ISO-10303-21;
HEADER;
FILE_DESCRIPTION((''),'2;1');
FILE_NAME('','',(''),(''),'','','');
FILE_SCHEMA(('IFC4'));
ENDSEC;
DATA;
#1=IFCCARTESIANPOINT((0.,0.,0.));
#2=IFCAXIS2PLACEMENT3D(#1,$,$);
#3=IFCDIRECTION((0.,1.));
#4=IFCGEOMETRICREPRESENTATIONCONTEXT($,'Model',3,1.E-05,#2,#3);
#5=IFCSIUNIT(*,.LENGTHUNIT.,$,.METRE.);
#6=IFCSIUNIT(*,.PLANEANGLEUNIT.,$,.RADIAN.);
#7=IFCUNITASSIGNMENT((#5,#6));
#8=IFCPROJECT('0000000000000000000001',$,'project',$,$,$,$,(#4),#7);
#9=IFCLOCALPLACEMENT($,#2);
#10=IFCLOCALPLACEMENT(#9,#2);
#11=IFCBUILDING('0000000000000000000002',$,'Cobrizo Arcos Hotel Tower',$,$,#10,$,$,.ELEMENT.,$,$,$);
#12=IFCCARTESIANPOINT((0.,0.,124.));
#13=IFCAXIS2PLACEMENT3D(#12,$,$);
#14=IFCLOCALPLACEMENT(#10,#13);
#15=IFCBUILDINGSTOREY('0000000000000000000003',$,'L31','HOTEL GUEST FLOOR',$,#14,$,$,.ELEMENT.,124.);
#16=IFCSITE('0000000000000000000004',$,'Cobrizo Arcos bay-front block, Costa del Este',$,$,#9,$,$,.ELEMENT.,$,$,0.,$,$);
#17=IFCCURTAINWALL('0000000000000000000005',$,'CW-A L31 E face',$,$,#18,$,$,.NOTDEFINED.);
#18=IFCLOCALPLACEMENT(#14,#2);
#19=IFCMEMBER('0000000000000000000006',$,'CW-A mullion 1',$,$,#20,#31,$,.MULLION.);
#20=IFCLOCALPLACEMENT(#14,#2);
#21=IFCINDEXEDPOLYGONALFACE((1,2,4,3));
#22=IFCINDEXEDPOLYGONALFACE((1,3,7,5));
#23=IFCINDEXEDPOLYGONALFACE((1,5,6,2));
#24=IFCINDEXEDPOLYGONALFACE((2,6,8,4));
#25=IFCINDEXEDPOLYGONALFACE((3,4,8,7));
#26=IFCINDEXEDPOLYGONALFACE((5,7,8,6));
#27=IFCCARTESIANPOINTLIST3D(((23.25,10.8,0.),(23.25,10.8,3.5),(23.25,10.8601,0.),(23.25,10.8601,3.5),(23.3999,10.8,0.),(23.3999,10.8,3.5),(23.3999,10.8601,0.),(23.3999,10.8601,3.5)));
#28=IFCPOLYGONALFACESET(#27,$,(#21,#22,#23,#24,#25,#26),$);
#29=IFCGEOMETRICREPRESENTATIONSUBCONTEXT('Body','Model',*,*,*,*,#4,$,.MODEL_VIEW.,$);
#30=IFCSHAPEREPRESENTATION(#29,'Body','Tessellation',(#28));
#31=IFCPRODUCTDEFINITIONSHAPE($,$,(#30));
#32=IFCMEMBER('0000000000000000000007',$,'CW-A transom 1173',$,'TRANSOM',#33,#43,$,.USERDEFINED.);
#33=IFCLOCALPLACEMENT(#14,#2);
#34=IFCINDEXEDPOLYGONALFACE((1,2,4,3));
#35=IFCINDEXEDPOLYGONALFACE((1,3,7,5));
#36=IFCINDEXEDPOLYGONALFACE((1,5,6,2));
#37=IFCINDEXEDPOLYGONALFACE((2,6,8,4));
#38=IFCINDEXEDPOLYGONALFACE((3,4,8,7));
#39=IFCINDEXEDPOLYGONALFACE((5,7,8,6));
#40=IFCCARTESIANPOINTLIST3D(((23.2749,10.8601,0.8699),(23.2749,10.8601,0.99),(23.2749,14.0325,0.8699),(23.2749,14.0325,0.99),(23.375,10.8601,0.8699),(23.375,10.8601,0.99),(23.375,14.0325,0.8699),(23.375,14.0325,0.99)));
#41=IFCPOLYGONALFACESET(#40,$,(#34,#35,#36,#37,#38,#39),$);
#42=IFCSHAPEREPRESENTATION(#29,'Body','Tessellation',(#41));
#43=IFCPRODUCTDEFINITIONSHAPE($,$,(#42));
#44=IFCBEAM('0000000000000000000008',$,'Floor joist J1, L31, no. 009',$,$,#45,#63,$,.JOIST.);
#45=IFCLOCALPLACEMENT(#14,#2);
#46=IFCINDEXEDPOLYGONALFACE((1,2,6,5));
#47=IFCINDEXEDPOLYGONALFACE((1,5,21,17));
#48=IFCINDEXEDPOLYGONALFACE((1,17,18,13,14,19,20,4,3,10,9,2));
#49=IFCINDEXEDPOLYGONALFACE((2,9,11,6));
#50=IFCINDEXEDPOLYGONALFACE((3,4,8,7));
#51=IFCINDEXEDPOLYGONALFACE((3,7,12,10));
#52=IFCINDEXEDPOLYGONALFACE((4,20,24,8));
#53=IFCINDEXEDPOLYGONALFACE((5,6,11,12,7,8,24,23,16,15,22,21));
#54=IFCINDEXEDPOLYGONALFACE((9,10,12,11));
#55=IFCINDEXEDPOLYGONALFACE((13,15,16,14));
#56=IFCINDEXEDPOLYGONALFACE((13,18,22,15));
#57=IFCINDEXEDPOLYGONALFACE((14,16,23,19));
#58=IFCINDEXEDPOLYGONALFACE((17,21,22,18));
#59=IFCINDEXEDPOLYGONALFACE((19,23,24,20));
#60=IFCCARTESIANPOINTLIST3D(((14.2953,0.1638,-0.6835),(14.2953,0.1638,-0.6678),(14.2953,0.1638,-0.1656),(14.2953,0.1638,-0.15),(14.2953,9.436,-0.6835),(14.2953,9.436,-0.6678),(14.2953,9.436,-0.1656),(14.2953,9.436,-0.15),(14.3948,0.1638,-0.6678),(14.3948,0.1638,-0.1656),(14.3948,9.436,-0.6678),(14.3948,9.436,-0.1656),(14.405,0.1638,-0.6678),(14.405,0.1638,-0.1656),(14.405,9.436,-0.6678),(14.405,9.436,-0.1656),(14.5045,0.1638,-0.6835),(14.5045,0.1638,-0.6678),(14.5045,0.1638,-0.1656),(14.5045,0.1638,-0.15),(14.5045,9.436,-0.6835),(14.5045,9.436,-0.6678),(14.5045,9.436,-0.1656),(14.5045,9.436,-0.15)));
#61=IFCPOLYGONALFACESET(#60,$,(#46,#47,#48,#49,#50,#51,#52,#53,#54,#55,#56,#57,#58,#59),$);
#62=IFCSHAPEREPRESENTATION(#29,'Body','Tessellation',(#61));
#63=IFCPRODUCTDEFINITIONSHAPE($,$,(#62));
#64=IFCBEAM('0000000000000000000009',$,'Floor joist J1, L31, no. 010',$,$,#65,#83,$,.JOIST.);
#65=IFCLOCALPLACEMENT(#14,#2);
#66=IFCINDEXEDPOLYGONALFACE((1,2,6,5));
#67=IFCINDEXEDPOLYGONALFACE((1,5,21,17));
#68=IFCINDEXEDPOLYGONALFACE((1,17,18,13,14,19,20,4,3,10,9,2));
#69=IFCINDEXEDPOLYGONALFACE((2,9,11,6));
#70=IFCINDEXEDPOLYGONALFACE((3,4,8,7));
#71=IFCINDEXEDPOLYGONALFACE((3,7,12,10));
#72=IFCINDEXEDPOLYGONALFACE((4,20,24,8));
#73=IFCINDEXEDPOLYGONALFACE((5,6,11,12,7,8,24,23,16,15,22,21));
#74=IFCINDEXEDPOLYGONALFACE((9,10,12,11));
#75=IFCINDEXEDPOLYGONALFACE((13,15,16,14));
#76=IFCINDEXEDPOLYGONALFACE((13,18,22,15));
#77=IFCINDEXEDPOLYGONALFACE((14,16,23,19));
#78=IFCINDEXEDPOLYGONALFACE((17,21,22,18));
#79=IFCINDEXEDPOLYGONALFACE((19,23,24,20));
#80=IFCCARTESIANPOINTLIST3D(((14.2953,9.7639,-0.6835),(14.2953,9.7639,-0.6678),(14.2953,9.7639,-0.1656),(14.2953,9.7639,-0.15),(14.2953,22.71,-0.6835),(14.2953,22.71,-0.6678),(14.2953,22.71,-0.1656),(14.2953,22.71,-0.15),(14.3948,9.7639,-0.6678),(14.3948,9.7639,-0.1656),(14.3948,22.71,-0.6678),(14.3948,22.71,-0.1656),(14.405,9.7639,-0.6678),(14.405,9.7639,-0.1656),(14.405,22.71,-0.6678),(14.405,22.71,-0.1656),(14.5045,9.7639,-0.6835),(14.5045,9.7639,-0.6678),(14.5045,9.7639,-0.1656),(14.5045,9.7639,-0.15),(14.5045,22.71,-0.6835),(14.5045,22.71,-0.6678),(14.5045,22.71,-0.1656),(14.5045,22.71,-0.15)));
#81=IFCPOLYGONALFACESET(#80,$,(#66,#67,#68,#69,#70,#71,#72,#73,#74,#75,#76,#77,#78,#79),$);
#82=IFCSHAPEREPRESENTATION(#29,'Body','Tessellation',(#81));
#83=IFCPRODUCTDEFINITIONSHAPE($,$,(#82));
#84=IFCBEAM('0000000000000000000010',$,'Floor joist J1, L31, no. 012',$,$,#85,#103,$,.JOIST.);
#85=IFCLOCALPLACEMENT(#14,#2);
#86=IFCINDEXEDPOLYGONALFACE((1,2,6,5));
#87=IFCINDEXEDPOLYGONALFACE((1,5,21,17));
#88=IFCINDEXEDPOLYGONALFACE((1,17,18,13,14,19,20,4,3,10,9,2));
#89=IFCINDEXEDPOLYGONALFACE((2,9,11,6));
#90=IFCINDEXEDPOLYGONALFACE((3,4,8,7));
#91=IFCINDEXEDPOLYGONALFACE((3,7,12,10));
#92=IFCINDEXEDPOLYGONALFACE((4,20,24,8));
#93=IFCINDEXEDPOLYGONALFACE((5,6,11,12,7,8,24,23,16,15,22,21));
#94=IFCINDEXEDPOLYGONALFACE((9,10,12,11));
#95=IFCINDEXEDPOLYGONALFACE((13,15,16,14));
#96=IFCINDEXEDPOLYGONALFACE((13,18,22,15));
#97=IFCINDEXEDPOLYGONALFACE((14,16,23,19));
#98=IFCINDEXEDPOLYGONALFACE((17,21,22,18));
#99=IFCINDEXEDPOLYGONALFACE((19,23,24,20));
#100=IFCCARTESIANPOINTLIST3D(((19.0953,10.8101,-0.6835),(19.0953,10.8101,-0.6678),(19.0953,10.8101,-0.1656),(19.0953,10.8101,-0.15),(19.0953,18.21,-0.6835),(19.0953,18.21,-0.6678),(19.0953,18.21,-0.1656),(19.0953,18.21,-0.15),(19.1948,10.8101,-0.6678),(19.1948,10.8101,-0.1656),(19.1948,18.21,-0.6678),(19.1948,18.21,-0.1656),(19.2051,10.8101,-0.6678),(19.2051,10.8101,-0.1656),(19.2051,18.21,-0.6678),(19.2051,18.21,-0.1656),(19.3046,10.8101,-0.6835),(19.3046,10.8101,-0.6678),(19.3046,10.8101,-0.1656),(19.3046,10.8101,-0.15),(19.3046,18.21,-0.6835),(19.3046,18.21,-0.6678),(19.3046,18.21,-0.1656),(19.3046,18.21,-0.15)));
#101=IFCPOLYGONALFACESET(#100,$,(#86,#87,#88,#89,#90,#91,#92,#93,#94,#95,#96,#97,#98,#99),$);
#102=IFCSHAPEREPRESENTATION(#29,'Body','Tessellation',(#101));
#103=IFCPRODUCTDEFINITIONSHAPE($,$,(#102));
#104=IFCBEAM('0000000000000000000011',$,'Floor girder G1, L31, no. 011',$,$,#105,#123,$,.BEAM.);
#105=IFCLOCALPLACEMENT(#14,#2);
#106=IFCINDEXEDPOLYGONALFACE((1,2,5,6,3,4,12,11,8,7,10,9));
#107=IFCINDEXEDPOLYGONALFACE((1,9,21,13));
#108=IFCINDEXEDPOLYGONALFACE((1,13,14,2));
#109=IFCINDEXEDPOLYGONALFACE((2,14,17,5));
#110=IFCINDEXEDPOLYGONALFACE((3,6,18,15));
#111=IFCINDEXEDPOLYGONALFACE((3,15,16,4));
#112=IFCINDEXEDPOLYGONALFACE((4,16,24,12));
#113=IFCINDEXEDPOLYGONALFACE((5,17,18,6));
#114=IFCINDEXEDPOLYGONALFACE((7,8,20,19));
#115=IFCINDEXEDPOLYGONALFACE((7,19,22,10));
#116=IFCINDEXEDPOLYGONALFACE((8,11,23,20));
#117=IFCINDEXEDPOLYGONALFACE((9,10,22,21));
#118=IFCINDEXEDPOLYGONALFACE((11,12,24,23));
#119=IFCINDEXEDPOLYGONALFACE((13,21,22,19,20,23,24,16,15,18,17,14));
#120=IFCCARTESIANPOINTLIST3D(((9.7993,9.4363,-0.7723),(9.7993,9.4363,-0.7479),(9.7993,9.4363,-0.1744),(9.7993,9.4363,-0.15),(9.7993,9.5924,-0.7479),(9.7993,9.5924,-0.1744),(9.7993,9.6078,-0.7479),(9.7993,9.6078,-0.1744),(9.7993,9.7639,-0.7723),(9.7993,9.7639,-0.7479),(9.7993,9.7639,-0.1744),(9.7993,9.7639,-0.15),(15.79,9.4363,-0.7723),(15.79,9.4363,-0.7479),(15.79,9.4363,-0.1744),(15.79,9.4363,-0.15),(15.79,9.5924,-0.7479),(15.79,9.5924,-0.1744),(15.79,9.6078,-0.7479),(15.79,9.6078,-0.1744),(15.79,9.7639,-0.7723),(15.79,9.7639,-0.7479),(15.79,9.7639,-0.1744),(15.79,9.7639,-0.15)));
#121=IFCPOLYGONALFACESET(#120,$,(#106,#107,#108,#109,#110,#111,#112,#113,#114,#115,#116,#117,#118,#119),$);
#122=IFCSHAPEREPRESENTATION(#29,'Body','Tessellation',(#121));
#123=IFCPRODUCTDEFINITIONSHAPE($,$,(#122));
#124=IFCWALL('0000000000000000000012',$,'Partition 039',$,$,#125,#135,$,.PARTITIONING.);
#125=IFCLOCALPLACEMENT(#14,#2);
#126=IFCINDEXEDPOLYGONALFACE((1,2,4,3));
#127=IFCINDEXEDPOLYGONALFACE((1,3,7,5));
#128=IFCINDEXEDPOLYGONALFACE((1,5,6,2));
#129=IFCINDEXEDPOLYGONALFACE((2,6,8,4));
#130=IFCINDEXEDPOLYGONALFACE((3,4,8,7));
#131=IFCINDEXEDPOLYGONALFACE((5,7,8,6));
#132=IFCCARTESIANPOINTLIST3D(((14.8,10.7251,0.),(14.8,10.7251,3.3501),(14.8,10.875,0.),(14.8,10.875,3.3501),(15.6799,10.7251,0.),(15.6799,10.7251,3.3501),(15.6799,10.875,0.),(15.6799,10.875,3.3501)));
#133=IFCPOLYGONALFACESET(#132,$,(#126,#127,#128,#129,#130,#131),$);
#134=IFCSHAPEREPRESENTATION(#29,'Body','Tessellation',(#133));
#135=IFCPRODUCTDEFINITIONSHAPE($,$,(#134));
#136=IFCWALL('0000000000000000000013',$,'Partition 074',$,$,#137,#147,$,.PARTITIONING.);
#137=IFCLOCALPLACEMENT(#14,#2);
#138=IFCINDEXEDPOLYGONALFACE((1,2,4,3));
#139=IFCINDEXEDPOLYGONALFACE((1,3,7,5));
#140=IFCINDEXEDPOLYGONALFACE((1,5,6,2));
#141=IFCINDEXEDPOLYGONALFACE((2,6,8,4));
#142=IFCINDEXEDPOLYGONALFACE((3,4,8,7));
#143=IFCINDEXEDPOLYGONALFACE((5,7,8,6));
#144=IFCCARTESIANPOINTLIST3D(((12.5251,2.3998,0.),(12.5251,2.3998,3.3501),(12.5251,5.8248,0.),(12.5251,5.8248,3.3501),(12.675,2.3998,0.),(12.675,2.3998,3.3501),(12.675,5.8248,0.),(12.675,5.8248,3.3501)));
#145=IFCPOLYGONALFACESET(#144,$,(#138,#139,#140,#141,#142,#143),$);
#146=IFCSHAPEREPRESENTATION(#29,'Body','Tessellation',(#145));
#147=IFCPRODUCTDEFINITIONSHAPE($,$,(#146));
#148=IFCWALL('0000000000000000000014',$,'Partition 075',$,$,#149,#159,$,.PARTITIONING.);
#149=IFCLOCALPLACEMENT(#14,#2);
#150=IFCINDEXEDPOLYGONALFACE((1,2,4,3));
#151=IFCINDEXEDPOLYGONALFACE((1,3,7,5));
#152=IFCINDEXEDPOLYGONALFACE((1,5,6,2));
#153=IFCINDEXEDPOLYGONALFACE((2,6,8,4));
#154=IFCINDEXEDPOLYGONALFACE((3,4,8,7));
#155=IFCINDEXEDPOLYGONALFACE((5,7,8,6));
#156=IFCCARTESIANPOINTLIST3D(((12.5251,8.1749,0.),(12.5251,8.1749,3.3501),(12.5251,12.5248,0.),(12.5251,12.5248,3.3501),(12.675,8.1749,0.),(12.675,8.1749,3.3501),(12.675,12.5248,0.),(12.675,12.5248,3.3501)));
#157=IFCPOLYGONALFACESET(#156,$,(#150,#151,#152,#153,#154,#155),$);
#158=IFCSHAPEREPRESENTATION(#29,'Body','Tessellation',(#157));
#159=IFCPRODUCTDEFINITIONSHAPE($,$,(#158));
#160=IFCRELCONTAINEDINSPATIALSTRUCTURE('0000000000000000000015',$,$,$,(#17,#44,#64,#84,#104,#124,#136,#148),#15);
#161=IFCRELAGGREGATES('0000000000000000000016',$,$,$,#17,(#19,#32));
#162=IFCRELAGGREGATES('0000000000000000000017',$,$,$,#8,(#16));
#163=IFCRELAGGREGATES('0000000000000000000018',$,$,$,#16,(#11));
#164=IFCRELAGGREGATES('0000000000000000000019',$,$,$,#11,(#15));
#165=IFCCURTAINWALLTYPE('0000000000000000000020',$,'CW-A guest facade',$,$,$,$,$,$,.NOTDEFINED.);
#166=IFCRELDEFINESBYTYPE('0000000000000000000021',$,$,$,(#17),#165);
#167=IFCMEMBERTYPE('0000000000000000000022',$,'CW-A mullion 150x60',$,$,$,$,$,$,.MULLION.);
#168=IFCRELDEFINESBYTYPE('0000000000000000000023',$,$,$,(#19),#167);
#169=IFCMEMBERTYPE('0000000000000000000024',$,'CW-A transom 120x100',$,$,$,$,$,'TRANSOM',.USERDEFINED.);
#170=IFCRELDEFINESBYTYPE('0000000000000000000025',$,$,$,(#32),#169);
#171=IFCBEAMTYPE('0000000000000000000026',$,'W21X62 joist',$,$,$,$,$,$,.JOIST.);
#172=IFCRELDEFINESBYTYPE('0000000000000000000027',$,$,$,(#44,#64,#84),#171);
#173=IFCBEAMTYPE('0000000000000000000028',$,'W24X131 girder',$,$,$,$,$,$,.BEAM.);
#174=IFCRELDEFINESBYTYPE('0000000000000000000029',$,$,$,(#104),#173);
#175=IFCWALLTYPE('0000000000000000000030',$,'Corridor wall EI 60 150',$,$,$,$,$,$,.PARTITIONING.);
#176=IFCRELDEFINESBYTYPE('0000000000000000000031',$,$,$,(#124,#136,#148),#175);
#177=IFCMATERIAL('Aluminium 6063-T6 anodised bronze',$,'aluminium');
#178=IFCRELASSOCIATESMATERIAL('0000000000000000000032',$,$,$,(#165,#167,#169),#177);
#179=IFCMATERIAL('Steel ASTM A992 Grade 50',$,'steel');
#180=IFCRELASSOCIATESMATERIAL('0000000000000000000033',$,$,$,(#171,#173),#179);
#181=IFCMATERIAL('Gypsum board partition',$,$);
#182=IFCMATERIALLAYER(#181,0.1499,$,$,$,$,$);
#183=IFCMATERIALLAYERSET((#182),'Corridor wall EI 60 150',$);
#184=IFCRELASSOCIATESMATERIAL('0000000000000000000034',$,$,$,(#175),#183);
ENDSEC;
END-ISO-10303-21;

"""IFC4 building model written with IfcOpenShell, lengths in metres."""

from ifc_helpers import new_model, si_unit, direction, frame, frame_2d, origin, origin_2d, place, context, subcontext, project, spatial, rectangle, i_section, extrude, material, layer, layer_set, material_profile, profile_set, type_object, element, aggregate, save


model = new_model("IFC4")

# Units and contexts
model_context = context("Model", 3, precision=1e-05, world=origin(), true_north=direction((0.0, 1.0)))
body_context = subcontext(model_context, "Body", "Model", "MODEL_VIEW")
ifc_project = project(units=[si_unit("LENGTHUNIT", "METRE"), si_unit("PLANEANGLEUNIT", "RADIAN")], contexts=[model_context])

# Site, building, storey
site_placement = place(None, origin())
site = spatial("IfcSite", under=ifc_project, at=site_placement, Name="Cobrizo Arcos bay-front block, Costa del Este", CompositionType="ELEMENT", RefElevation=0.0)
building_placement = place(site_placement, origin())
building = spatial("IfcBuilding", under=site, at=building_placement, Name="Cobrizo Arcos Hotel Tower", CompositionType="ELEMENT")
storey_placement = place(building_placement, frame((0.0, 0.0, 124.0)))
storey = spatial("IfcBuildingStorey", under=building, at=storey_placement, Name="L31", Description="HOTEL GUEST FLOOR", CompositionType="ELEMENT", Elevation=124.0)

# Curtain wall, members
ifc_material_1 = material(Name="Aluminium 6063-T6 anodised bronze", Category="aluminium")
curtain_wall_type = type_object("IfcCurtainWallType", Name="CW-A guest facade", PredefinedType="NOTDEFINED", material=ifc_material_1)
curtain_wall_placement = place(storey_placement, origin())
curtain_wall = element("IfcCurtainWall", 1, at=curtain_wall_placement, inside=storey, type_object=curtain_wall_type, Name="CW-A L31 E face", PredefinedType="NOTDEFINED")
ifc_material_profile_1 = material_profile(ifc_material_1, rectangle(XDim=0.1499, YDim=0.0601, at=origin_2d()), Name="CW-A mullion 150x60")
ifc_profile_set_1 = profile_set([ifc_material_profile_1], Name="Aluminium 6063-T6 anodised bronze")
member_type_1 = type_object("IfcMemberType", Name="CW-A mullion 150x60", PredefinedType="MULLION", material=ifc_profile_set_1)
member_1_placement = place(storey_placement, frame((23.325, 10.8301, 0.0), z_axis=(0.0, 0.0, 1.0), x_axis=(1.0, 0.0, 0.0)))
member_1 = element("IfcMember", 2, at=member_1_placement, type_object=member_type_1, Name="CW-A mullion 1", PredefinedType="MULLION", context=body_context, shape_type="SweptSolid", body=[
    extrude(rectangle(XDim=0.1499, YDim=0.0601, at=origin_2d()), origin(), (0.0, 0.0, 1.0), 3.5),
])
ifc_material_profile_2 = material_profile(ifc_material_1, rectangle(XDim=0.1001, YDim=0.1201, at=origin_2d()), Name="CW-A transom 120x100")
ifc_profile_set_2 = profile_set([ifc_material_profile_2], Name="Aluminium 6063-T6 anodised bronze")
member_type_2 = type_object("IfcMemberType", Name="CW-A transom 120x100", ElementType="TRANSOM", PredefinedType="USERDEFINED", material=ifc_profile_set_2)
member_2_placement = place(storey_placement, frame((23.325, 10.8601, 0.9299), z_axis=(0.0, 1.0, 0.0), x_axis=(-1.0, 0.0, 0.0)))
member_2 = element("IfcMember", 3, at=member_2_placement, type_object=member_type_2, Name="CW-A transom 1173", ObjectType="TRANSOM", PredefinedType="USERDEFINED", context=body_context, shape_type="SweptSolid", body=[
    extrude(rectangle(XDim=0.1001, YDim=0.1201, at=origin_2d()), origin(), (0.0, 0.0, 1.0), 3.1724),
])
aggregate(curtain_wall, [member_1, member_2])

# Beams
ifc_material_2 = material(Name="Steel ASTM A992 Grade 50", Category="steel")
ifc_material_profile_3 = material_profile(ifc_material_2, i_section(OverallWidth=0.2092, OverallDepth=0.5334, WebThickness=0.0103, FlangeThickness=0.0156, at=origin_2d()), Name="W21X62")
ifc_profile_set_3 = profile_set([ifc_material_profile_3], Name="Steel ASTM A992 Grade 50")
beam_type_1 = type_object("IfcBeamType", Name="W21X62 joist", PredefinedType="JOIST", material=ifc_profile_set_3)
beam_1_placement = place(storey_placement, frame((14.3999, 0.1638, -0.4167), z_axis=(0.0, 1.0, 0.0), x_axis=(-1.0, 0.0, 0.0)))
element("IfcBeam", 4, at=beam_1_placement, inside=storey, type_object=beam_type_1, Name="Floor joist J1, L31, no. 009", PredefinedType="JOIST", context=body_context, shape_type="SweptSolid", body=[
    extrude(i_section(OverallWidth=0.2092, OverallDepth=0.5334, WebThickness=0.0103, FlangeThickness=0.0156, at=origin_2d()), origin(), (0.0, 0.0, 1.0), 9.2722),
])
beam_2_placement = place(storey_placement, frame((14.3999, 9.7639, -0.4167), z_axis=(0.0, 1.0, 0.0), x_axis=(-1.0, 0.0, 0.0)))
element("IfcBeam", 5, at=beam_2_placement, inside=storey, type_object=beam_type_1, Name="Floor joist J1, L31, no. 010", PredefinedType="JOIST", context=body_context, shape_type="SweptSolid", body=[
    extrude(i_section(OverallWidth=0.2092, OverallDepth=0.5334, WebThickness=0.0103, FlangeThickness=0.0156, at=origin_2d()), origin(), (0.0, 0.0, 1.0), 12.946),
])
beam_3_placement = place(storey_placement, frame((19.2, 10.8101, -0.4167), z_axis=(0.0, 1.0, 0.0), x_axis=(-1.0, 0.0, 0.0)))
element("IfcBeam", 6, at=beam_3_placement, inside=storey, type_object=beam_type_1, Name="Floor joist J1, L31, no. 012", PredefinedType="JOIST", context=body_context, shape_type="SweptSolid", body=[
    extrude(i_section(OverallWidth=0.2092, OverallDepth=0.5334, WebThickness=0.0103, FlangeThickness=0.0156, at=origin_2d()), origin(), (0.0, 0.0, 1.0), 7.3999),
])
ifc_material_profile_4 = material_profile(ifc_material_2, i_section(OverallWidth=0.3276, OverallDepth=0.6223, WebThickness=0.0154, FlangeThickness=0.0244, at=origin_2d()), Name="W24X131")
ifc_profile_set_4 = profile_set([ifc_material_profile_4], Name="Steel ASTM A992 Grade 50")
beam_type_2 = type_object("IfcBeamType", Name="W24X131 girder", PredefinedType="BEAM", material=ifc_profile_set_4)
beam_4_placement = place(storey_placement, frame((9.7993, 9.6001, -0.4612), z_axis=(1.0, 0.0, 0.0), x_axis=(0.0, 1.0, 0.0)))
element("IfcBeam", 7, at=beam_4_placement, inside=storey, type_object=beam_type_2, Name="Floor girder G1, L31, no. 011", PredefinedType="BEAM", context=body_context, shape_type="SweptSolid", body=[
    extrude(i_section(OverallWidth=0.3276, OverallDepth=0.6223, WebThickness=0.0154, FlangeThickness=0.0244, at=origin_2d()), origin(), (0.0, 0.0, 1.0), 5.9907),
])

# Walls
ifc_material_3 = material(Name="Gypsum board partition")
ifc_layer_1 = layer(ifc_material_3, 0.1499)
ifc_layer_set_1 = layer_set([ifc_layer_1], Name="Corridor wall EI 60 150")
wall_type_1 = type_object("IfcWallType", Name="Corridor wall EI 60 150", PredefinedType="PARTITIONING", material=ifc_layer_set_1)
wall_1_placement = place(storey_placement, frame((14.8, 10.8, 0.0), z_axis=(0.0, 0.0, 1.0), x_axis=(1.0, 0.0, 0.0)))
element("IfcWall", 8, at=wall_1_placement, inside=storey, type_object=wall_type_1, Name="Partition 039", PredefinedType="PARTITIONING", context=body_context, shape_type="SweptSolid", body=[
    extrude(rectangle(XDim=0.8799, YDim=0.1499, at=frame_2d((0.4399, 0.0))), origin(), (0.0, 0.0, 1.0), 3.3501),
])
wall_2_placement = place(storey_placement, frame((12.6001, 2.3999, 0.0), z_axis=(0.0, 0.0, 1.0), x_axis=(0.0, 1.0, 0.0)))
element("IfcWall", 9, at=wall_2_placement, inside=storey, type_object=wall_type_1, Name="Partition 074", PredefinedType="PARTITIONING", context=body_context, shape_type="SweptSolid", body=[
    extrude(rectangle(XDim=3.425, YDim=0.1499, at=frame_2d((1.7124, 0.0))), origin(), (0.0, 0.0, 1.0), 3.3501),
])
wall_3_placement = place(storey_placement, frame((12.6001, 8.175, 0.0), z_axis=(0.0, 0.0, 1.0), x_axis=(0.0, 1.0, 0.0)))
element("IfcWall", 10, at=wall_3_placement, inside=storey, type_object=wall_type_1, Name="Partition 075", PredefinedType="PARTITIONING", context=body_context, shape_type="SweptSolid", body=[
    extrude(rectangle(XDim=4.3499, YDim=0.1499, at=frame_2d((2.1748, 0.0))), origin(), (0.0, 0.0, 1.0), 3.3501),
])

save(model, "model.ifc")
